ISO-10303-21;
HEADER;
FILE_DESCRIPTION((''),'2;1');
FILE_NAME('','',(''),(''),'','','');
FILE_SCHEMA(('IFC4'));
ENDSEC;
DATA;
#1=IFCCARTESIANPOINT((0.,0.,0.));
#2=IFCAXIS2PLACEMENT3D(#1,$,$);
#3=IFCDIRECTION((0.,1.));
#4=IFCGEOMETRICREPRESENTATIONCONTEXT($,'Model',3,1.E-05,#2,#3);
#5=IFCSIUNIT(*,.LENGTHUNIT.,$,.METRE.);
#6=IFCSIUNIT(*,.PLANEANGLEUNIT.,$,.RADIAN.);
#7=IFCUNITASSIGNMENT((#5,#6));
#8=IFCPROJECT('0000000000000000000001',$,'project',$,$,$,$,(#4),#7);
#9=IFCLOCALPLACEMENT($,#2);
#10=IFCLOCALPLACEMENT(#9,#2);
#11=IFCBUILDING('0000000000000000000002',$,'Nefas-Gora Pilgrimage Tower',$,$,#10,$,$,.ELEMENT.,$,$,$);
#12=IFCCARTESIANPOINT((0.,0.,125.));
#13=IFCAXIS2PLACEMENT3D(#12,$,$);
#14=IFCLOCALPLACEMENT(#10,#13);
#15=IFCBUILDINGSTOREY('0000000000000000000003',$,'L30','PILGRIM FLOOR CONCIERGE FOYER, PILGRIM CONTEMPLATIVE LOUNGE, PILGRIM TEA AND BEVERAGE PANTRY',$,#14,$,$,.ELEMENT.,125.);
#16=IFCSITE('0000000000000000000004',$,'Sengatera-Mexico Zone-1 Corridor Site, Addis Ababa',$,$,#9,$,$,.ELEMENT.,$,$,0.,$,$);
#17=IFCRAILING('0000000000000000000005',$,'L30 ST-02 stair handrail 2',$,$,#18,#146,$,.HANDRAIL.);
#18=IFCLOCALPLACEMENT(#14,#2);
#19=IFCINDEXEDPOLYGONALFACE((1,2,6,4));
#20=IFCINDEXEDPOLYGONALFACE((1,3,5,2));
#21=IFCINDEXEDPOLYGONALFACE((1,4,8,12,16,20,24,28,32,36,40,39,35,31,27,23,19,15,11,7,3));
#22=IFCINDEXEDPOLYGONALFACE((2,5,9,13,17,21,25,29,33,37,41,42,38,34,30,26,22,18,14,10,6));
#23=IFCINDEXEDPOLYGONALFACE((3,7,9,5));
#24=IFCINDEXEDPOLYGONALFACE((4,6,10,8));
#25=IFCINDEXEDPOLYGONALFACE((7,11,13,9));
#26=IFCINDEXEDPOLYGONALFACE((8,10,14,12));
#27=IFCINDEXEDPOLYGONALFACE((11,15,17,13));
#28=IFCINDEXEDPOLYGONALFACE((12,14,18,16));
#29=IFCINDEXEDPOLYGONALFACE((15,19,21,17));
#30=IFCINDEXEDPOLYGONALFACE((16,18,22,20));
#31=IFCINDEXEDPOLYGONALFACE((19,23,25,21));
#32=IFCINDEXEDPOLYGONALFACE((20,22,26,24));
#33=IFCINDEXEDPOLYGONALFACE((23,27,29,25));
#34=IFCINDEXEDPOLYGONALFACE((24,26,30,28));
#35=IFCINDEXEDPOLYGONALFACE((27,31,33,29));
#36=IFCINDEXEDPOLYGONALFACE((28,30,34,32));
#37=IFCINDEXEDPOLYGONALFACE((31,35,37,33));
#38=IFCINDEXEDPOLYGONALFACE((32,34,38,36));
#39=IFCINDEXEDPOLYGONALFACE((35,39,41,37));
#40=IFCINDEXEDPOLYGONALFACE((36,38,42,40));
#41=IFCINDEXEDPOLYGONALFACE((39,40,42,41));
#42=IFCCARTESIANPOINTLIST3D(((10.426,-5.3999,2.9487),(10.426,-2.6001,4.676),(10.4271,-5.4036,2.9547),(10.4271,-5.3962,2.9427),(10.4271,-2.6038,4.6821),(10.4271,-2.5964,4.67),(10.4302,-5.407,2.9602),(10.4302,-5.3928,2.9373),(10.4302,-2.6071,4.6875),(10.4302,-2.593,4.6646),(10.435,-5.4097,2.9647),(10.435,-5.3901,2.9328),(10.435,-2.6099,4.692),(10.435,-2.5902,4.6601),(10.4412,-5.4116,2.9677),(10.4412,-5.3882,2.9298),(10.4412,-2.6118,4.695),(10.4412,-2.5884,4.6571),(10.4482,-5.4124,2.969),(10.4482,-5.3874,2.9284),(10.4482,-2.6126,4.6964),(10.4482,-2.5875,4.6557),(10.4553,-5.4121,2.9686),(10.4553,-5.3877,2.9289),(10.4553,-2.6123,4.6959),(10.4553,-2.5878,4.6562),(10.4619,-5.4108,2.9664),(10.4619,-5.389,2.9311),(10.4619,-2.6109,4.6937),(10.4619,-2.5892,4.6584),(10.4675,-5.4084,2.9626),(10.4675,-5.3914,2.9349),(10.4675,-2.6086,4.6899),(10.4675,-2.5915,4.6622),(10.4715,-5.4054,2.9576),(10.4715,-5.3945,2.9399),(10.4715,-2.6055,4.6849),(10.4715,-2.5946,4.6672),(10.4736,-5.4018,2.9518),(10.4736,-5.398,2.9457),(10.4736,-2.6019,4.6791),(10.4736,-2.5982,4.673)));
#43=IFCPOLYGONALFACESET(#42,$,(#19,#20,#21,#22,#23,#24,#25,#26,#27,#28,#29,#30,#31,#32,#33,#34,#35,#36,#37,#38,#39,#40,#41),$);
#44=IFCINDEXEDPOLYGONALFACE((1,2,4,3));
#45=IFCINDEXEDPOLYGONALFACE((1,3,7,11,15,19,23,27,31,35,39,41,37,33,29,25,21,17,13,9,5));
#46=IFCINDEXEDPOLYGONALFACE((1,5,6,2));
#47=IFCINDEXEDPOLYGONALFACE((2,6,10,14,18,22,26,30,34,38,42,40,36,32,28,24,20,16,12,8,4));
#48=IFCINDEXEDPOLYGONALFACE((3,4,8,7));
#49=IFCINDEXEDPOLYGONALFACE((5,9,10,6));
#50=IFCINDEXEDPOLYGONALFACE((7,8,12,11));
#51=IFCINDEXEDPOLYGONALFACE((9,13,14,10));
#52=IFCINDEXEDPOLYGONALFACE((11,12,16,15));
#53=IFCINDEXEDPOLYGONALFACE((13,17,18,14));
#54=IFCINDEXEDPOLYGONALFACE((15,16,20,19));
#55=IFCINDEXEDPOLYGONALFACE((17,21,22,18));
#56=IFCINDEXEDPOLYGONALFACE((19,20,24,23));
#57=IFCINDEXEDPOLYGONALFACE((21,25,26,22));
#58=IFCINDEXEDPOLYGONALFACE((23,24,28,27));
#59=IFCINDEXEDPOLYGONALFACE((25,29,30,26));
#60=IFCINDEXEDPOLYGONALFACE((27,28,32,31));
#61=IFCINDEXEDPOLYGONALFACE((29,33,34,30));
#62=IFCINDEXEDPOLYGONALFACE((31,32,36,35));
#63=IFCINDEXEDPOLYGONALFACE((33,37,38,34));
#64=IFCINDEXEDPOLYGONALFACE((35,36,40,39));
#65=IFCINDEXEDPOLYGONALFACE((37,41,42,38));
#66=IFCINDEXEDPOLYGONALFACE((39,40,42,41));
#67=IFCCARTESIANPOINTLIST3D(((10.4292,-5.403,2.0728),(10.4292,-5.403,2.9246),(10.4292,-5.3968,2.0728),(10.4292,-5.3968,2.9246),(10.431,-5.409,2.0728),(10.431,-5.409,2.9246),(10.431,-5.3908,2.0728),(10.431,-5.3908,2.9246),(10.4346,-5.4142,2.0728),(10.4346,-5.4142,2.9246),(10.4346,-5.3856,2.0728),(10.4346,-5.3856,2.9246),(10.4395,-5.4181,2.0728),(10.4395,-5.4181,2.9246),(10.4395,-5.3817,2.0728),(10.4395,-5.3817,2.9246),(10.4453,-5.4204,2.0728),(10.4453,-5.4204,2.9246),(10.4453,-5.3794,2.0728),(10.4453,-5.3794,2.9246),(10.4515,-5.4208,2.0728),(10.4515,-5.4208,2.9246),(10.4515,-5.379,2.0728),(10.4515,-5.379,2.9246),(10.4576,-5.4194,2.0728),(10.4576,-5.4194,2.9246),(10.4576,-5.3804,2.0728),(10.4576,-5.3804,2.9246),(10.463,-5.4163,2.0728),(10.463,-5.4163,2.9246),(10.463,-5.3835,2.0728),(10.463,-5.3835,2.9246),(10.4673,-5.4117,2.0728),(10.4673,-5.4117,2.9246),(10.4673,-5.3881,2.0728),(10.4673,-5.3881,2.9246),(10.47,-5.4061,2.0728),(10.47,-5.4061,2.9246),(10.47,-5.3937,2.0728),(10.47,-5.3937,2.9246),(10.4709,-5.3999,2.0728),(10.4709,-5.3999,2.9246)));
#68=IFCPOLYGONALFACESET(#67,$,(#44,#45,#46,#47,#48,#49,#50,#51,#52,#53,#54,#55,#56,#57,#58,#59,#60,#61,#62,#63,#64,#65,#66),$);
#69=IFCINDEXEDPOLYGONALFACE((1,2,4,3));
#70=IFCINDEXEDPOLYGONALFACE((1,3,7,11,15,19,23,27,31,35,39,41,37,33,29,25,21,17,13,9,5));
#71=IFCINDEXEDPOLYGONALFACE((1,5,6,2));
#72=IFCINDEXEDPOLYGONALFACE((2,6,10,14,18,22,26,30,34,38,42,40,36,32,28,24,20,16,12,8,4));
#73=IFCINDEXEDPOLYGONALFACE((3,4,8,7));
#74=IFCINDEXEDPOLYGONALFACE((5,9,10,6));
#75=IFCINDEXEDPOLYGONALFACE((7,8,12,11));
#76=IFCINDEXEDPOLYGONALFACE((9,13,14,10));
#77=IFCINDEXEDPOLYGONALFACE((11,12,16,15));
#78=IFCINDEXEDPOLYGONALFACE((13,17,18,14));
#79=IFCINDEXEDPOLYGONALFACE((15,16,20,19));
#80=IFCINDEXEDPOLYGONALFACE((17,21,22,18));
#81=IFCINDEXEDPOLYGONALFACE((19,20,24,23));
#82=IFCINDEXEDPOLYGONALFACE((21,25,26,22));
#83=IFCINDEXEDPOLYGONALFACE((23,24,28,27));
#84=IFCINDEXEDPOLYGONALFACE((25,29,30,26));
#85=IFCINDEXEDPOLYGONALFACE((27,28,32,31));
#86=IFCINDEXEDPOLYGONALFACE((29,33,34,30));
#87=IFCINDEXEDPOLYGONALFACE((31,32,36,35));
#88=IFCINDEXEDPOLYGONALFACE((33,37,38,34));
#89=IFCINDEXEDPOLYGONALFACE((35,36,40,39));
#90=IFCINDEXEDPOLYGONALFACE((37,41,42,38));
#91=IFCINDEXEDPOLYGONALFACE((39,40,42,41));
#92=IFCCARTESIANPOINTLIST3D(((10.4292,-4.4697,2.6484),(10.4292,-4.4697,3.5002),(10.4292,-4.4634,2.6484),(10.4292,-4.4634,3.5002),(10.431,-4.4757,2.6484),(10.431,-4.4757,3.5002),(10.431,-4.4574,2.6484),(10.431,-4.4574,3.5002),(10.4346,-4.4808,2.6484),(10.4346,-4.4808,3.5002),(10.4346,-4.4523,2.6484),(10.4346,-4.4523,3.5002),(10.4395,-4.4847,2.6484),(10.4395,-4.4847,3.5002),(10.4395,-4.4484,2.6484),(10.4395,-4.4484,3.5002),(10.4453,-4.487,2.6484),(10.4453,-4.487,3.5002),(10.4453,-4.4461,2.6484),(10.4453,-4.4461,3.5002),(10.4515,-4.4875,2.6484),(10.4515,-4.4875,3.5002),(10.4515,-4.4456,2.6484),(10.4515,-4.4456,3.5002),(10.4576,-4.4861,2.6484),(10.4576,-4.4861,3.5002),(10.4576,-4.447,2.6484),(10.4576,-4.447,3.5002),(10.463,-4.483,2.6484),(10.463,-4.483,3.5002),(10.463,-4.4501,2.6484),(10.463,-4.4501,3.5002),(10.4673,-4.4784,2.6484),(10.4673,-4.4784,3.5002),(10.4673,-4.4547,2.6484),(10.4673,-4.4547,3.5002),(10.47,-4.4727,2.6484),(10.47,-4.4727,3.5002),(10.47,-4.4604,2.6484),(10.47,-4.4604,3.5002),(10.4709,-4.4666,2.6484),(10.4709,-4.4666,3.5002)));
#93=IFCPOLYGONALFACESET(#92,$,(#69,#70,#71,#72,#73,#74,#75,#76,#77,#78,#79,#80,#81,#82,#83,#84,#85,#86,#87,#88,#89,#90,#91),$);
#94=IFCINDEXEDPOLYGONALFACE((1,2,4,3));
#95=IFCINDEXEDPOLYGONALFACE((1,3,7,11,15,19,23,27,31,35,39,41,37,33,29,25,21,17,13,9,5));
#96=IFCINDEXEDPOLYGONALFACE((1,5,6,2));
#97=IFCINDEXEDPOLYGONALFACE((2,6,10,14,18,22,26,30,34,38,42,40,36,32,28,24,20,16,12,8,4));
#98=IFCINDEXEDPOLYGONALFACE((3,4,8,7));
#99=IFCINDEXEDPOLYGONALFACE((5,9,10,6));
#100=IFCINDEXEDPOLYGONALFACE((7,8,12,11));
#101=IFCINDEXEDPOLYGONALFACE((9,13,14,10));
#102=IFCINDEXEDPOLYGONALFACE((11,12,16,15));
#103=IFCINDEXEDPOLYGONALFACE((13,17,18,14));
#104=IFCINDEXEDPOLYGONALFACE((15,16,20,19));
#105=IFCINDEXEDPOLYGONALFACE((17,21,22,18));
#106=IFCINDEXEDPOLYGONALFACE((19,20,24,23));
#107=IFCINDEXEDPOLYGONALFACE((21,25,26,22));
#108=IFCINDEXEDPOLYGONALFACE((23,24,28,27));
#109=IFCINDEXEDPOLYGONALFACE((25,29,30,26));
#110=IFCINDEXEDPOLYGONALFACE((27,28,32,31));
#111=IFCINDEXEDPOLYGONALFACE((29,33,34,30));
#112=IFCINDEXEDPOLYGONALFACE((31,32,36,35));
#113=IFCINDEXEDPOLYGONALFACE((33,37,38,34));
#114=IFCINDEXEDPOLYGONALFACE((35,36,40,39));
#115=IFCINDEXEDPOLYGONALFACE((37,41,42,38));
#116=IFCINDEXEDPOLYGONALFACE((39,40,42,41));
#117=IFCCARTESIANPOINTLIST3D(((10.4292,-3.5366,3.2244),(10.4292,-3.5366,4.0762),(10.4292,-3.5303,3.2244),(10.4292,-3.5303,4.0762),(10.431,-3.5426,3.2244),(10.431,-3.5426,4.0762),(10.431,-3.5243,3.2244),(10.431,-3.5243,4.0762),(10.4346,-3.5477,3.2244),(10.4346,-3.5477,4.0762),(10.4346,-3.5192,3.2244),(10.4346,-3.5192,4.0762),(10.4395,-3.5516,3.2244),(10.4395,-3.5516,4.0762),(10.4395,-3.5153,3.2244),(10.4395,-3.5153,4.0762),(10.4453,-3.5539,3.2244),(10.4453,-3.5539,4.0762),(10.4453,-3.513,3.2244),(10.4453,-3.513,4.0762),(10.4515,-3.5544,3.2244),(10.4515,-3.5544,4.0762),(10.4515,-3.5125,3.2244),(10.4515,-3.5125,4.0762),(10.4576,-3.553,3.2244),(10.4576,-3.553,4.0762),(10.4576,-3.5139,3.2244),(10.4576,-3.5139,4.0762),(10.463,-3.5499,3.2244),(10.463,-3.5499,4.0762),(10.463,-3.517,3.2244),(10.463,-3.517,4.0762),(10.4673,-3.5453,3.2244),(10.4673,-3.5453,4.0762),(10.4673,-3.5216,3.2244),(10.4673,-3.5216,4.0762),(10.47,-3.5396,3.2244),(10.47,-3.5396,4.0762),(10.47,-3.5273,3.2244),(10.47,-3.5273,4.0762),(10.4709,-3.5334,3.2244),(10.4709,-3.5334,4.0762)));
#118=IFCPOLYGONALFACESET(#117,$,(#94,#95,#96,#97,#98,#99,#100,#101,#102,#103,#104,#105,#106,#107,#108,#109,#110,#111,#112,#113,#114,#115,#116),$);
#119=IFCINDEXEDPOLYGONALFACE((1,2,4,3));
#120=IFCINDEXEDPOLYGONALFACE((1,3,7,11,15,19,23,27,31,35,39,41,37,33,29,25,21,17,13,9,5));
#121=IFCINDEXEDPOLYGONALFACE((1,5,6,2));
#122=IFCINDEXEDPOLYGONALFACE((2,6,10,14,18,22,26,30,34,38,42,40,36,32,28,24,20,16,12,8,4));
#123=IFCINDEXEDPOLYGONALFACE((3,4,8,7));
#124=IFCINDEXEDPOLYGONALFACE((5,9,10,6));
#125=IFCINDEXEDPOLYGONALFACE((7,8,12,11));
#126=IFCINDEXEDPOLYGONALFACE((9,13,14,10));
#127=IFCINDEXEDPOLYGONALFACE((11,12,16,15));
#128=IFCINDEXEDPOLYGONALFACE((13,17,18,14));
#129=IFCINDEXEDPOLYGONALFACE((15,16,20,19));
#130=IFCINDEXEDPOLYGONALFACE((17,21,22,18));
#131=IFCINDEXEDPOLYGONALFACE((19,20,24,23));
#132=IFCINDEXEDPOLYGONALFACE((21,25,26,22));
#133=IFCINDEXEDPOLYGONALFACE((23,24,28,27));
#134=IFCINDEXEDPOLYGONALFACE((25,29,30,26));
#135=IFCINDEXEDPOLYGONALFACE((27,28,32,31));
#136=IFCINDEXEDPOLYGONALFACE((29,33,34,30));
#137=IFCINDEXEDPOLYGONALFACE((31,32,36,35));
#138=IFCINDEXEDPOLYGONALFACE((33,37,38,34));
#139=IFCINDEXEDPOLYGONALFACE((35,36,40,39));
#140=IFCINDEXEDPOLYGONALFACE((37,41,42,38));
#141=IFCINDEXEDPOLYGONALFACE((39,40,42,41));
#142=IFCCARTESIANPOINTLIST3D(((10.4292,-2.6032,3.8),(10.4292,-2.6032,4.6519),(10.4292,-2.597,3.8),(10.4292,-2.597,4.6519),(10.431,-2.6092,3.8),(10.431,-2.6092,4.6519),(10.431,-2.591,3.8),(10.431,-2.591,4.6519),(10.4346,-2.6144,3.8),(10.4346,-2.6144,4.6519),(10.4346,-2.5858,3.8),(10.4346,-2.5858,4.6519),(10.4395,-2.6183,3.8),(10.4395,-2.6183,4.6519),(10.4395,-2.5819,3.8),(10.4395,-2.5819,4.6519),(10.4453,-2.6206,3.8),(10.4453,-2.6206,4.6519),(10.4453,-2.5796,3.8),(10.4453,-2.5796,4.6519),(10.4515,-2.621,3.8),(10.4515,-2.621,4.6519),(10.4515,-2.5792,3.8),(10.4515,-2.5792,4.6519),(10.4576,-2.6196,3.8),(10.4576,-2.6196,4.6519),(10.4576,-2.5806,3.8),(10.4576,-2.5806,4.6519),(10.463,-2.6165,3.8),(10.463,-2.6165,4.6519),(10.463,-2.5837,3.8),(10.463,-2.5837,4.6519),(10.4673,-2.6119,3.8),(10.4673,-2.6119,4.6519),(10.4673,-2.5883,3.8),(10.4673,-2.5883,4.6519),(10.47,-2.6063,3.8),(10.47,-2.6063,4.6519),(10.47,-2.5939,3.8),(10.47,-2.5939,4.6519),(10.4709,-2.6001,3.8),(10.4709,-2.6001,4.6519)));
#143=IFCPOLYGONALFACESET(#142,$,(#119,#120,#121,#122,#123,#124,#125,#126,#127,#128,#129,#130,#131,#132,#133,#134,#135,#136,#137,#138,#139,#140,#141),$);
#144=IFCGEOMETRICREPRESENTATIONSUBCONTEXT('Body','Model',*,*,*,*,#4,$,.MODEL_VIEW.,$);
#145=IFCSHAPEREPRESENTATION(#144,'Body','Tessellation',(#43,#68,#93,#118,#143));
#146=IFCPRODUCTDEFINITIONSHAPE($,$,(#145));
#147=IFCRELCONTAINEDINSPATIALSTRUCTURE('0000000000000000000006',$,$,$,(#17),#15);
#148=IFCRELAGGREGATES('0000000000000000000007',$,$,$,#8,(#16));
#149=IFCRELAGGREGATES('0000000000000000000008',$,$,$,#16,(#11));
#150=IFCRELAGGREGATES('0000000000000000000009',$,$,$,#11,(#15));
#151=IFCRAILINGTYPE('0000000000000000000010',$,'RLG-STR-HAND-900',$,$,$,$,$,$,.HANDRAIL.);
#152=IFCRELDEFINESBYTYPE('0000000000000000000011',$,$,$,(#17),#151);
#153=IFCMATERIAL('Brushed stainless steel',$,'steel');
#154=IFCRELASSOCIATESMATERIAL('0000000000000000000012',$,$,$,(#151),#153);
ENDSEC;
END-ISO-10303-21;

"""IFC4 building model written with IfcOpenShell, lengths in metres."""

from ifc_helpers import new_model, si_unit, direction, frame, origin, origin_2d, place, context, subcontext, project, spatial, circle, extrude, material, type_object, element, save


model = new_model("IFC4")

# Units and contexts
model_context = context("Model", 3, precision=1e-05, world=origin(), true_north=direction((0.0, 1.0)))
body_context = subcontext(model_context, "Body", "Model", "MODEL_VIEW")
ifc_project = project(units=[si_unit("LENGTHUNIT", "METRE"), si_unit("PLANEANGLEUNIT", "RADIAN")], contexts=[model_context])

# Site, building, storey
site_placement = place(None, origin())
site = spatial("IfcSite", under=ifc_project, at=site_placement, Name="Sengatera-Mexico Zone-1 Corridor Site, Addis Ababa", CompositionType="ELEMENT", RefElevation=0.0)
building_placement = place(site_placement, origin())
building = spatial("IfcBuilding", under=site, at=building_placement, Name="Nefas-Gora Pilgrimage Tower", CompositionType="ELEMENT")
storey_placement = place(building_placement, frame((0.0, 0.0, 125.0)))
storey = spatial("IfcBuildingStorey", under=building, at=storey_placement, Name="L30", Description="PILGRIM FLOOR CONCIERGE FOYER, PILGRIM CONTEMPLATIVE LOUNGE, PILGRIM TEA AND BEVERAGE PANTRY", CompositionType="ELEMENT", Elevation=125.0)

# Railing
ifc_material_1 = material(Name="Brushed stainless steel", Category="steel")
railing_type_1 = type_object("IfcRailingType", Name="RLG-STR-HAND-900", PredefinedType="HANDRAIL", material=ifc_material_1)
railing_1_placement = place(storey_placement, frame((10.45, -5.3999, 2.0728)))
element("IfcRailing", 1, at=railing_1_placement, inside=storey, type_object=railing_type_1, Name="L30 ST-02 stair handrail 2", PredefinedType="HANDRAIL", context=body_context, shape_type="SweptSolid", body=[
    extrude(circle(Radius=0.0239, at=origin_2d()), frame((0.0, 0.0, 0.876), z_axis=(0.0, 0.851069, 0.525054), x_axis=(-1.0, 0.0, 0.0)), (0.0, 0.0, 1.0), 3.2898),
    extrude(circle(Radius=0.021, at=origin_2d()), origin(), (0.0, 0.0, 1.0), 0.8518),
    extrude(circle(Radius=0.021, at=origin_2d()), frame((0.0, 0.9333, 0.5757)), (0.0, 0.0, 1.0), 0.8518),
    extrude(circle(Radius=0.021, at=origin_2d()), frame((0.0, 1.8665, 1.1516)), (0.0, 0.0, 1.0), 0.8518),
    extrude(circle(Radius=0.021, at=origin_2d()), frame((0.0, 2.7998, 1.7273)), (0.0, 0.0, 1.0), 0.8518),
])

save(model, "model.ifc")
